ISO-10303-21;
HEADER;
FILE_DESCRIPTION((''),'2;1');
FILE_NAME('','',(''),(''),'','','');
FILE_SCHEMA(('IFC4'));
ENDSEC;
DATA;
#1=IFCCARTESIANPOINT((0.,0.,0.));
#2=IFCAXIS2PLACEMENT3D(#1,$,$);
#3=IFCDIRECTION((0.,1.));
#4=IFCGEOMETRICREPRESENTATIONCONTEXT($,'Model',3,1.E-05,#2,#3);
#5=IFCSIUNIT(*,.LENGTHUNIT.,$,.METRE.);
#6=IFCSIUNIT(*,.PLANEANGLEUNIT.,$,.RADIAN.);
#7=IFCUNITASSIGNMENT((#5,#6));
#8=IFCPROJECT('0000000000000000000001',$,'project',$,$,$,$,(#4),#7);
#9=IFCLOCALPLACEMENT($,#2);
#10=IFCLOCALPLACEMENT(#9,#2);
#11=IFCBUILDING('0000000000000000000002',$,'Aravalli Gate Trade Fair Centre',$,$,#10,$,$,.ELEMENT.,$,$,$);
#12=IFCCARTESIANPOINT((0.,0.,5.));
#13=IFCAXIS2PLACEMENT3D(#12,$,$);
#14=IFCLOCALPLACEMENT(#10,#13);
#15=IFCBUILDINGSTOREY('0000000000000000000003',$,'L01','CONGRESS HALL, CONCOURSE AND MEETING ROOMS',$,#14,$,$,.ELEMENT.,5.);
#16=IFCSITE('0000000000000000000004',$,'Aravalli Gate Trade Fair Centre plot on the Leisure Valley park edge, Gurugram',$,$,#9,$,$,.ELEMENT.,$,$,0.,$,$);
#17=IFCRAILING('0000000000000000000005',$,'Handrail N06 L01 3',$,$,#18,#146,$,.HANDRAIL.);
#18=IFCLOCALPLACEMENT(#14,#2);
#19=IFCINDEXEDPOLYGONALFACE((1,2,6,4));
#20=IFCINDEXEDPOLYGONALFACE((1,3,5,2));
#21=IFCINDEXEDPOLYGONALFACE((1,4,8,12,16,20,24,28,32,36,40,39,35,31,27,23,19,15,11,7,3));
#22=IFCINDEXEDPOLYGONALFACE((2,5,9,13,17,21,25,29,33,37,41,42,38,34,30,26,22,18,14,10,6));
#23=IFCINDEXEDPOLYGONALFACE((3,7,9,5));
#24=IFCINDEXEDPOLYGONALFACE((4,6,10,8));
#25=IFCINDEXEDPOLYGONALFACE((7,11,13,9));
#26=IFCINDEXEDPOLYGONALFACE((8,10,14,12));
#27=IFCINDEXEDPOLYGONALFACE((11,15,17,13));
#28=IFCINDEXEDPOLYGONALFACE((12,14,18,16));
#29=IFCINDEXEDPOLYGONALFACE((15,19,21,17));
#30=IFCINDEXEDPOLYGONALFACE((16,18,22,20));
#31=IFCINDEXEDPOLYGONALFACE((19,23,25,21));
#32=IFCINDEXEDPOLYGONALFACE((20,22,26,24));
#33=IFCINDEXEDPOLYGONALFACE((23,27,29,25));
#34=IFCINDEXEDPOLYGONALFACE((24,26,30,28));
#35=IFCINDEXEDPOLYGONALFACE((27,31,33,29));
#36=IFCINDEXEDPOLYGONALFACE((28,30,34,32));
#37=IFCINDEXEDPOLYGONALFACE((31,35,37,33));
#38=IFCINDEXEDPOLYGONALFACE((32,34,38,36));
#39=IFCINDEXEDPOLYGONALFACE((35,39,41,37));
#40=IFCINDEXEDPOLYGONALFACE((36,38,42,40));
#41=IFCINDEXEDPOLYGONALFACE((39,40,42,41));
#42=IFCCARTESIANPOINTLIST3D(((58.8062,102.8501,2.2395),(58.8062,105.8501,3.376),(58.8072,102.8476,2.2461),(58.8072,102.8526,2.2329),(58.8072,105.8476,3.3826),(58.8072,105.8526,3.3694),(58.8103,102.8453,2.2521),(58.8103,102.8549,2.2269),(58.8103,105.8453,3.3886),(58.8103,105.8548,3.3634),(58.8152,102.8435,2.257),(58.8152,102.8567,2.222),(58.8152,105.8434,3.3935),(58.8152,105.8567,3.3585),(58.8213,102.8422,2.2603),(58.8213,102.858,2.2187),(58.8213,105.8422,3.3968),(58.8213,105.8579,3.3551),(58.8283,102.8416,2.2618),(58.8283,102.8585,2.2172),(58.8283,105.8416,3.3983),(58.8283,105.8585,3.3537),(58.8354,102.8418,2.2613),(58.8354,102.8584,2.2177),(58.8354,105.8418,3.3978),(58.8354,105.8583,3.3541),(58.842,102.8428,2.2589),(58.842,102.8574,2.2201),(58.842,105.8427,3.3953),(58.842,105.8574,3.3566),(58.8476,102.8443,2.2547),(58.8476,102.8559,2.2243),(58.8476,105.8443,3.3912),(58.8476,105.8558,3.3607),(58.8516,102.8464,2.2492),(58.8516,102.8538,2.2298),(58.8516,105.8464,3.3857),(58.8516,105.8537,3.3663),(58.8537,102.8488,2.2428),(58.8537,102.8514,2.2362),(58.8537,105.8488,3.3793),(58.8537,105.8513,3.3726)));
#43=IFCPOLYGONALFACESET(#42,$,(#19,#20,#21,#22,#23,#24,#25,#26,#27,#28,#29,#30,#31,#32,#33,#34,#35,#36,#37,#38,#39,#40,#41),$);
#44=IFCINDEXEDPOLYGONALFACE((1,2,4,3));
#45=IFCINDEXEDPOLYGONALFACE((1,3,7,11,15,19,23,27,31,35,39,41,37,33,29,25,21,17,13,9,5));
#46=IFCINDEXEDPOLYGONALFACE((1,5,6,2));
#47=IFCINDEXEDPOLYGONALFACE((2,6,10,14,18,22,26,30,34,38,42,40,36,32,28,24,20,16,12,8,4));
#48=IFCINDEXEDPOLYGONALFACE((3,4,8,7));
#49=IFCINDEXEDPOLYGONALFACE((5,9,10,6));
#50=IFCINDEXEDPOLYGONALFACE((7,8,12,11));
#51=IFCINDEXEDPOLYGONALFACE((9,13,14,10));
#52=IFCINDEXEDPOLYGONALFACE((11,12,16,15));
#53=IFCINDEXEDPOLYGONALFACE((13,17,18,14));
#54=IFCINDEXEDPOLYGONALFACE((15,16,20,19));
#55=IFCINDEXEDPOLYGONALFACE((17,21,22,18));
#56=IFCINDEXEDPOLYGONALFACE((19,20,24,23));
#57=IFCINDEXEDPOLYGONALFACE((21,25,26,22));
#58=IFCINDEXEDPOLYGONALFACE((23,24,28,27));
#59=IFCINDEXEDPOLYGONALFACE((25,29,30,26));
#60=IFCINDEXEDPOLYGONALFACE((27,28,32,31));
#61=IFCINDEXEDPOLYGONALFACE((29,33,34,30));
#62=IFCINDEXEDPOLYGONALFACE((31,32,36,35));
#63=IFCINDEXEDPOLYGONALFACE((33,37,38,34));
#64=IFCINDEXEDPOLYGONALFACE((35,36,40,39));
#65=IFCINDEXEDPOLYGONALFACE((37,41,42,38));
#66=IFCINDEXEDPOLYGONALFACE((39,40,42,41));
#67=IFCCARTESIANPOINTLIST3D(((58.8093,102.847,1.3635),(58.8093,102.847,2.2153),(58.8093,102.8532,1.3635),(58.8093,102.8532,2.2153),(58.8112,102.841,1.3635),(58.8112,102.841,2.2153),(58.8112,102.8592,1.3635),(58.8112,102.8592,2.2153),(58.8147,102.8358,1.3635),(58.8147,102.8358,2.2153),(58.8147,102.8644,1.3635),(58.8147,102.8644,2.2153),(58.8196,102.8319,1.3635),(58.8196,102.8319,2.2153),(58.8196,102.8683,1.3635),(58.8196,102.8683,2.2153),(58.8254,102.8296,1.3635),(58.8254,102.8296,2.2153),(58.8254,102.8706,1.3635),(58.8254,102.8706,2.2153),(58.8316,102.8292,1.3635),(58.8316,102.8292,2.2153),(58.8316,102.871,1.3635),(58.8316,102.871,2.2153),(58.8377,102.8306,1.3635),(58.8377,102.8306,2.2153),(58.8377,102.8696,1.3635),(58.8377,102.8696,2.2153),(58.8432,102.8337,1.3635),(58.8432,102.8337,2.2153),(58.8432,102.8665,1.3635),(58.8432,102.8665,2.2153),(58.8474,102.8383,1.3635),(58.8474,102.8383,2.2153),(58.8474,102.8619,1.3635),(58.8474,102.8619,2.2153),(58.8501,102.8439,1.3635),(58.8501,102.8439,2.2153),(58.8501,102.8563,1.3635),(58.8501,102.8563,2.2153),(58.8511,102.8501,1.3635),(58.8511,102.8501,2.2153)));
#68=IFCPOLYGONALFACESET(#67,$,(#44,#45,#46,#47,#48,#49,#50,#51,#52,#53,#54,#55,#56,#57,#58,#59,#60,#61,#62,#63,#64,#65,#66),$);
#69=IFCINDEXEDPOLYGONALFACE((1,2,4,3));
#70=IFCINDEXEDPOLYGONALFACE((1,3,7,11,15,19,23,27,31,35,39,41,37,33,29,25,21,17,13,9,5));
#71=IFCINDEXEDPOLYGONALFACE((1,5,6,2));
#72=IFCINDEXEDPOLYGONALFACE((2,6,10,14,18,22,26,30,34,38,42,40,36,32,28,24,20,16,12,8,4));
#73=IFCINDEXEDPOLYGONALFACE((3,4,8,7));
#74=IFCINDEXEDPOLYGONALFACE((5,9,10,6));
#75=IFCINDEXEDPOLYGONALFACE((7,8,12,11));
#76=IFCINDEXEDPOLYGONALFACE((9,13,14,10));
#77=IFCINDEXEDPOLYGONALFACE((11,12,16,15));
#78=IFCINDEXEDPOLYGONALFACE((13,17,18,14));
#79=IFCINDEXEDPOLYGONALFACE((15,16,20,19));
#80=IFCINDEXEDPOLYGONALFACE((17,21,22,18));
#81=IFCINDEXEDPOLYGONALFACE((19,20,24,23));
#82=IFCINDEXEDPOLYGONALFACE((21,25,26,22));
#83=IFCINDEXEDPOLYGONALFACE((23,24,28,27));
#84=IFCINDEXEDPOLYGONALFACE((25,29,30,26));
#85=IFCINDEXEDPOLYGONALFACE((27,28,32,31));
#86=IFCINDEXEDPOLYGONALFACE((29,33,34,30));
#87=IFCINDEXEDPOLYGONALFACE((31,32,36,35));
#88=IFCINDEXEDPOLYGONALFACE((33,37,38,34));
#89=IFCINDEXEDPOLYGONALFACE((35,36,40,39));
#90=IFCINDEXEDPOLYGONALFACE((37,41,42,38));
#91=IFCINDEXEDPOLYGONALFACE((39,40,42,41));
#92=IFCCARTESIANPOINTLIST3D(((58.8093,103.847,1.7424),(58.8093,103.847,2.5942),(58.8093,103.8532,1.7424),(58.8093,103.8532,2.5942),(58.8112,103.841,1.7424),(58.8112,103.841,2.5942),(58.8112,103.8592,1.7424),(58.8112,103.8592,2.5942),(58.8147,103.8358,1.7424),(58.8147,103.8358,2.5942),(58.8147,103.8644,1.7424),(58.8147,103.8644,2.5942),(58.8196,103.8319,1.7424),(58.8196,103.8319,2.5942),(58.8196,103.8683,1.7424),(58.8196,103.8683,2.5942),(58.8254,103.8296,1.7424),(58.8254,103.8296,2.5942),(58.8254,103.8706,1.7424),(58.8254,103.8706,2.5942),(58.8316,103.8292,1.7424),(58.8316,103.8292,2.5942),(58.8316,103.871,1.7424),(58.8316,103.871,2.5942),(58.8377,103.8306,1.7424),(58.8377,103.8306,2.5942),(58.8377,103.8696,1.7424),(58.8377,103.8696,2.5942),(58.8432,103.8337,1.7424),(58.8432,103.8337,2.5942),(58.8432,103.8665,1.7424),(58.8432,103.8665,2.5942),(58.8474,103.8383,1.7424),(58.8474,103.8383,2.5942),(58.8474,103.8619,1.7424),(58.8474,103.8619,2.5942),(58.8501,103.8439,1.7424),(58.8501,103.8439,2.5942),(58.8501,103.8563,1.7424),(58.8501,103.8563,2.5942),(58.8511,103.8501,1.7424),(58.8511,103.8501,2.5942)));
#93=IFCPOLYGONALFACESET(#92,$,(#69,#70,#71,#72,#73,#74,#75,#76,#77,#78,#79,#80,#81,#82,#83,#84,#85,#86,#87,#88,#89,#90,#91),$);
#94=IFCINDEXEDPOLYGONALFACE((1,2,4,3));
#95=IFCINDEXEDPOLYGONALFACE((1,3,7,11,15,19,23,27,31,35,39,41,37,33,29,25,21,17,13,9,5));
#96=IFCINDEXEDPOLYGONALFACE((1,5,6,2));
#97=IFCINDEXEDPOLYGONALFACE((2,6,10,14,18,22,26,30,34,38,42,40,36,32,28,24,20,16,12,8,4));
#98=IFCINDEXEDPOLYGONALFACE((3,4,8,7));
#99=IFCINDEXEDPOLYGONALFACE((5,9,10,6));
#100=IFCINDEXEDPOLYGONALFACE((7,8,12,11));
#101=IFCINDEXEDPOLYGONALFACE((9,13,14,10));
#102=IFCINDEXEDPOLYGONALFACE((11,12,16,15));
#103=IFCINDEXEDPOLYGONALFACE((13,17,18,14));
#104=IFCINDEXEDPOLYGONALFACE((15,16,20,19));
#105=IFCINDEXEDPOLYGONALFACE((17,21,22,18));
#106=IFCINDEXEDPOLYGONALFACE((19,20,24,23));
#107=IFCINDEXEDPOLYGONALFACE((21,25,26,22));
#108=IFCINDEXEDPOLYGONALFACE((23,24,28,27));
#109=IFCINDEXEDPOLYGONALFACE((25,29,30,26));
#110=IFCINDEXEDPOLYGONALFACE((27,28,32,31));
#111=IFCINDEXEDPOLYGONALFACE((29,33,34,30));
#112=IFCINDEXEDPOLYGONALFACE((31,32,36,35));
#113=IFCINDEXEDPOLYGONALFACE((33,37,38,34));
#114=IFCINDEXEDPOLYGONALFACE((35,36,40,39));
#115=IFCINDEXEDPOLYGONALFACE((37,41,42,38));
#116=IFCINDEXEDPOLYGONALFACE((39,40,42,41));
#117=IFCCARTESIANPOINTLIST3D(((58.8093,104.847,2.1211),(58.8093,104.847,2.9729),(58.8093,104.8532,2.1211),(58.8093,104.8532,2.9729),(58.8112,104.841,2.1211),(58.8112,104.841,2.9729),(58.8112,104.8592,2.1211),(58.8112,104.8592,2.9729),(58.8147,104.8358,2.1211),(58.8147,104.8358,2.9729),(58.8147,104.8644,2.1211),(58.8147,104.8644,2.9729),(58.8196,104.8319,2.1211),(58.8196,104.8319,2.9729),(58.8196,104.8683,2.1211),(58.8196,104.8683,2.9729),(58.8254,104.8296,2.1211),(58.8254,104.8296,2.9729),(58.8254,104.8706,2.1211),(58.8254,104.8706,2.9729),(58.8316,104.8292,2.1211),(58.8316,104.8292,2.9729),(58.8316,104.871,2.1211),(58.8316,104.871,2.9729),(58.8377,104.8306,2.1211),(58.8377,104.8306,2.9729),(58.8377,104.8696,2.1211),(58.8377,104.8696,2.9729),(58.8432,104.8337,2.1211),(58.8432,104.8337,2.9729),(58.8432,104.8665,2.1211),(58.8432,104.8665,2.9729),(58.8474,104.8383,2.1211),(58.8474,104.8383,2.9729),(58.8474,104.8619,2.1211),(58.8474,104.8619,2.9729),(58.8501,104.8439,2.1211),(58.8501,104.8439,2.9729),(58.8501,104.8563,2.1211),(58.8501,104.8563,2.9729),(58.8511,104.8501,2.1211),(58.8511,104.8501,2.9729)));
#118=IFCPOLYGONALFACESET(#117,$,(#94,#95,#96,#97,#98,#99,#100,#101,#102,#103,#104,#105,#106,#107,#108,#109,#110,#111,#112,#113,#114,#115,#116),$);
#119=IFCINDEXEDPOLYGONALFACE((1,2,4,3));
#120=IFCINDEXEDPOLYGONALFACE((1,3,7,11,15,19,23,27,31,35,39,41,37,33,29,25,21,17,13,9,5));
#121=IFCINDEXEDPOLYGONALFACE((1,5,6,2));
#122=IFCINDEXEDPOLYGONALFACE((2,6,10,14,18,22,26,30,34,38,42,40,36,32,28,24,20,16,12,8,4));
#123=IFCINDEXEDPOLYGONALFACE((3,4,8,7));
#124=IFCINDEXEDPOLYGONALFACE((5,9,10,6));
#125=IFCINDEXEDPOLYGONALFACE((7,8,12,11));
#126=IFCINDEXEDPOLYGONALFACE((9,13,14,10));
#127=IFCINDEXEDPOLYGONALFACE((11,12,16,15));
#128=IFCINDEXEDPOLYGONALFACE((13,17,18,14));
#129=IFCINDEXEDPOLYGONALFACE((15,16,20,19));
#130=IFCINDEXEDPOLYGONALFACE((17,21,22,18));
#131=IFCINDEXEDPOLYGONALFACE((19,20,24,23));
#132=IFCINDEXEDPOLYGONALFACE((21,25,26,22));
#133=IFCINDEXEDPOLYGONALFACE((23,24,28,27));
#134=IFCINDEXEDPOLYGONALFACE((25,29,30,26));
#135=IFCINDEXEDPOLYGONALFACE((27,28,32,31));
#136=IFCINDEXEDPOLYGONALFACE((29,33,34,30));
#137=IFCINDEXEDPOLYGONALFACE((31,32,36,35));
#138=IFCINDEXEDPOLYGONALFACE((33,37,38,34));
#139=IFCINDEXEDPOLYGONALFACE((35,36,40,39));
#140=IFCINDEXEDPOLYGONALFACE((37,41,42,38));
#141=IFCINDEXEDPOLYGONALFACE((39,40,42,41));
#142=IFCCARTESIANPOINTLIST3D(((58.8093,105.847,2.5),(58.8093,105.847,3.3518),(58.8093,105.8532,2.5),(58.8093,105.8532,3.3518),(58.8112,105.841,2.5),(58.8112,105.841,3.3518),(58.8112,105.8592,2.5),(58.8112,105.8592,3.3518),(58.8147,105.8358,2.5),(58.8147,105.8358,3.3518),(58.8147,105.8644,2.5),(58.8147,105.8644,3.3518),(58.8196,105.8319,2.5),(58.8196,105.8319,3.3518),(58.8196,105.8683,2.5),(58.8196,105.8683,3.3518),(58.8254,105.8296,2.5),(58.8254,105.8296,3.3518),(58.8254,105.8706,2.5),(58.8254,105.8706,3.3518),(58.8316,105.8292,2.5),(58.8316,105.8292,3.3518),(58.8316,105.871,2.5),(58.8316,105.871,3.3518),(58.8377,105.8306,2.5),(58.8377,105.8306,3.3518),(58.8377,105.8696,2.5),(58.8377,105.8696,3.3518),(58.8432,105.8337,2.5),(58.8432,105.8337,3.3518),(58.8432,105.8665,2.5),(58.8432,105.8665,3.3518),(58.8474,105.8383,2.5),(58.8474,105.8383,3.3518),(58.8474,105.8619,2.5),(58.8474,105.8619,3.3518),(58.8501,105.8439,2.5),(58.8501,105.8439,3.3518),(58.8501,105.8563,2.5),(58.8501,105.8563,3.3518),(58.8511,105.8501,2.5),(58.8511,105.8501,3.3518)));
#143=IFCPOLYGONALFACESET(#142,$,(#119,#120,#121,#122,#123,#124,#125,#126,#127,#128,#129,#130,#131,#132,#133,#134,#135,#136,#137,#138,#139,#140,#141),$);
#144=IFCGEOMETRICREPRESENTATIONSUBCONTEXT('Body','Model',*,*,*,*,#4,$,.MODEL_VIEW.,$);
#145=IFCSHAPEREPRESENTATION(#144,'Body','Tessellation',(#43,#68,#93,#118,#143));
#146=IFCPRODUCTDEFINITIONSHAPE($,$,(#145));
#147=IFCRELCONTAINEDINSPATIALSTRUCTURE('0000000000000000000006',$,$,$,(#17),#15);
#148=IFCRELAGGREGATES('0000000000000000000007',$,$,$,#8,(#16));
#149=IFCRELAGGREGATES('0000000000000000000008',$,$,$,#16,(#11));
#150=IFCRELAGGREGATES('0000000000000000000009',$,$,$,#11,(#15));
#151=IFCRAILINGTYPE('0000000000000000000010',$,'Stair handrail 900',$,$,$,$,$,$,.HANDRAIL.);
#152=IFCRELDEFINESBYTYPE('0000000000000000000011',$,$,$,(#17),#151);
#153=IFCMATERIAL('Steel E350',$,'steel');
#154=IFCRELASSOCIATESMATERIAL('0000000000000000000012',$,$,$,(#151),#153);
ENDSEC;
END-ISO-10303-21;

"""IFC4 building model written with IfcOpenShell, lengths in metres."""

from ifc_helpers import new_model, si_unit, direction, frame, origin, origin_2d, place, context, subcontext, project, spatial, circle, extrude, material, type_object, element, save


model = new_model("IFC4")

# Units and contexts
model_context = context("Model", 3, precision=1e-05, world=origin(), true_north=direction((0.0, 1.0)))
body_context = subcontext(model_context, "Body", "Model", "MODEL_VIEW")
ifc_project = project(units=[si_unit("LENGTHUNIT", "METRE"), si_unit("PLANEANGLEUNIT", "RADIAN")], contexts=[model_context])

# Site, building, storey
site_placement = place(None, origin())
site = spatial("IfcSite", under=ifc_project, at=site_placement, Name="Aravalli Gate Trade Fair Centre plot on the Leisure Valley park edge, Gurugram", CompositionType="ELEMENT", RefElevation=0.0)
building_placement = place(site_placement, origin())
building = spatial("IfcBuilding", under=site, at=building_placement, Name="Aravalli Gate Trade Fair Centre", CompositionType="ELEMENT")
storey_placement = place(building_placement, frame((0.0, 0.0, 5.0)))
storey = spatial("IfcBuildingStorey", under=building, at=storey_placement, Name="L01", Description="CONGRESS HALL, CONCOURSE AND MEETING ROOMS", CompositionType="ELEMENT", Elevation=5.0)

# Railing
ifc_material_1 = material(Name="Steel E350", Category="steel")
railing_type = type_object("IfcRailingType", Name="Stair handrail 900", PredefinedType="HANDRAIL", material=ifc_material_1)
for number, where, name in (
    (1, (58.8301, 102.8501, 1.3635), "Handrail N06 L01 3"),
):
    element("IfcRailing", number, at=place(storey_placement, frame(where)), inside=storey, type_object=railing_type, Name=name, PredefinedType="HANDRAIL", context=body_context, shape_type="SweptSolid", body=[
        extrude(circle(Radius=0.0239, at=origin_2d()), frame((0.0, 0.0, 0.876), z_axis=(0.0, 0.935148, 0.354257), x_axis=(-1.0, 0.0, 0.0)), (0.0, 0.0, 1.0), 3.208),
        extrude(circle(Radius=0.021, at=origin_2d()), origin(), (0.0, 0.0, 1.0), 0.8518),
        extrude(circle(Radius=0.021, at=origin_2d()), frame((0.0, 1.0, 0.3789)), (0.0, 0.0, 1.0), 0.8518),
        extrude(circle(Radius=0.021, at=origin_2d()), frame((0.0, 2.0, 0.7576)), (0.0, 0.0, 1.0), 0.8518),
        extrude(circle(Radius=0.021, at=origin_2d()), frame((0.0, 3.0, 1.1365)), (0.0, 0.0, 1.0), 0.8518),
    ])

save(model, "model.ifc")
